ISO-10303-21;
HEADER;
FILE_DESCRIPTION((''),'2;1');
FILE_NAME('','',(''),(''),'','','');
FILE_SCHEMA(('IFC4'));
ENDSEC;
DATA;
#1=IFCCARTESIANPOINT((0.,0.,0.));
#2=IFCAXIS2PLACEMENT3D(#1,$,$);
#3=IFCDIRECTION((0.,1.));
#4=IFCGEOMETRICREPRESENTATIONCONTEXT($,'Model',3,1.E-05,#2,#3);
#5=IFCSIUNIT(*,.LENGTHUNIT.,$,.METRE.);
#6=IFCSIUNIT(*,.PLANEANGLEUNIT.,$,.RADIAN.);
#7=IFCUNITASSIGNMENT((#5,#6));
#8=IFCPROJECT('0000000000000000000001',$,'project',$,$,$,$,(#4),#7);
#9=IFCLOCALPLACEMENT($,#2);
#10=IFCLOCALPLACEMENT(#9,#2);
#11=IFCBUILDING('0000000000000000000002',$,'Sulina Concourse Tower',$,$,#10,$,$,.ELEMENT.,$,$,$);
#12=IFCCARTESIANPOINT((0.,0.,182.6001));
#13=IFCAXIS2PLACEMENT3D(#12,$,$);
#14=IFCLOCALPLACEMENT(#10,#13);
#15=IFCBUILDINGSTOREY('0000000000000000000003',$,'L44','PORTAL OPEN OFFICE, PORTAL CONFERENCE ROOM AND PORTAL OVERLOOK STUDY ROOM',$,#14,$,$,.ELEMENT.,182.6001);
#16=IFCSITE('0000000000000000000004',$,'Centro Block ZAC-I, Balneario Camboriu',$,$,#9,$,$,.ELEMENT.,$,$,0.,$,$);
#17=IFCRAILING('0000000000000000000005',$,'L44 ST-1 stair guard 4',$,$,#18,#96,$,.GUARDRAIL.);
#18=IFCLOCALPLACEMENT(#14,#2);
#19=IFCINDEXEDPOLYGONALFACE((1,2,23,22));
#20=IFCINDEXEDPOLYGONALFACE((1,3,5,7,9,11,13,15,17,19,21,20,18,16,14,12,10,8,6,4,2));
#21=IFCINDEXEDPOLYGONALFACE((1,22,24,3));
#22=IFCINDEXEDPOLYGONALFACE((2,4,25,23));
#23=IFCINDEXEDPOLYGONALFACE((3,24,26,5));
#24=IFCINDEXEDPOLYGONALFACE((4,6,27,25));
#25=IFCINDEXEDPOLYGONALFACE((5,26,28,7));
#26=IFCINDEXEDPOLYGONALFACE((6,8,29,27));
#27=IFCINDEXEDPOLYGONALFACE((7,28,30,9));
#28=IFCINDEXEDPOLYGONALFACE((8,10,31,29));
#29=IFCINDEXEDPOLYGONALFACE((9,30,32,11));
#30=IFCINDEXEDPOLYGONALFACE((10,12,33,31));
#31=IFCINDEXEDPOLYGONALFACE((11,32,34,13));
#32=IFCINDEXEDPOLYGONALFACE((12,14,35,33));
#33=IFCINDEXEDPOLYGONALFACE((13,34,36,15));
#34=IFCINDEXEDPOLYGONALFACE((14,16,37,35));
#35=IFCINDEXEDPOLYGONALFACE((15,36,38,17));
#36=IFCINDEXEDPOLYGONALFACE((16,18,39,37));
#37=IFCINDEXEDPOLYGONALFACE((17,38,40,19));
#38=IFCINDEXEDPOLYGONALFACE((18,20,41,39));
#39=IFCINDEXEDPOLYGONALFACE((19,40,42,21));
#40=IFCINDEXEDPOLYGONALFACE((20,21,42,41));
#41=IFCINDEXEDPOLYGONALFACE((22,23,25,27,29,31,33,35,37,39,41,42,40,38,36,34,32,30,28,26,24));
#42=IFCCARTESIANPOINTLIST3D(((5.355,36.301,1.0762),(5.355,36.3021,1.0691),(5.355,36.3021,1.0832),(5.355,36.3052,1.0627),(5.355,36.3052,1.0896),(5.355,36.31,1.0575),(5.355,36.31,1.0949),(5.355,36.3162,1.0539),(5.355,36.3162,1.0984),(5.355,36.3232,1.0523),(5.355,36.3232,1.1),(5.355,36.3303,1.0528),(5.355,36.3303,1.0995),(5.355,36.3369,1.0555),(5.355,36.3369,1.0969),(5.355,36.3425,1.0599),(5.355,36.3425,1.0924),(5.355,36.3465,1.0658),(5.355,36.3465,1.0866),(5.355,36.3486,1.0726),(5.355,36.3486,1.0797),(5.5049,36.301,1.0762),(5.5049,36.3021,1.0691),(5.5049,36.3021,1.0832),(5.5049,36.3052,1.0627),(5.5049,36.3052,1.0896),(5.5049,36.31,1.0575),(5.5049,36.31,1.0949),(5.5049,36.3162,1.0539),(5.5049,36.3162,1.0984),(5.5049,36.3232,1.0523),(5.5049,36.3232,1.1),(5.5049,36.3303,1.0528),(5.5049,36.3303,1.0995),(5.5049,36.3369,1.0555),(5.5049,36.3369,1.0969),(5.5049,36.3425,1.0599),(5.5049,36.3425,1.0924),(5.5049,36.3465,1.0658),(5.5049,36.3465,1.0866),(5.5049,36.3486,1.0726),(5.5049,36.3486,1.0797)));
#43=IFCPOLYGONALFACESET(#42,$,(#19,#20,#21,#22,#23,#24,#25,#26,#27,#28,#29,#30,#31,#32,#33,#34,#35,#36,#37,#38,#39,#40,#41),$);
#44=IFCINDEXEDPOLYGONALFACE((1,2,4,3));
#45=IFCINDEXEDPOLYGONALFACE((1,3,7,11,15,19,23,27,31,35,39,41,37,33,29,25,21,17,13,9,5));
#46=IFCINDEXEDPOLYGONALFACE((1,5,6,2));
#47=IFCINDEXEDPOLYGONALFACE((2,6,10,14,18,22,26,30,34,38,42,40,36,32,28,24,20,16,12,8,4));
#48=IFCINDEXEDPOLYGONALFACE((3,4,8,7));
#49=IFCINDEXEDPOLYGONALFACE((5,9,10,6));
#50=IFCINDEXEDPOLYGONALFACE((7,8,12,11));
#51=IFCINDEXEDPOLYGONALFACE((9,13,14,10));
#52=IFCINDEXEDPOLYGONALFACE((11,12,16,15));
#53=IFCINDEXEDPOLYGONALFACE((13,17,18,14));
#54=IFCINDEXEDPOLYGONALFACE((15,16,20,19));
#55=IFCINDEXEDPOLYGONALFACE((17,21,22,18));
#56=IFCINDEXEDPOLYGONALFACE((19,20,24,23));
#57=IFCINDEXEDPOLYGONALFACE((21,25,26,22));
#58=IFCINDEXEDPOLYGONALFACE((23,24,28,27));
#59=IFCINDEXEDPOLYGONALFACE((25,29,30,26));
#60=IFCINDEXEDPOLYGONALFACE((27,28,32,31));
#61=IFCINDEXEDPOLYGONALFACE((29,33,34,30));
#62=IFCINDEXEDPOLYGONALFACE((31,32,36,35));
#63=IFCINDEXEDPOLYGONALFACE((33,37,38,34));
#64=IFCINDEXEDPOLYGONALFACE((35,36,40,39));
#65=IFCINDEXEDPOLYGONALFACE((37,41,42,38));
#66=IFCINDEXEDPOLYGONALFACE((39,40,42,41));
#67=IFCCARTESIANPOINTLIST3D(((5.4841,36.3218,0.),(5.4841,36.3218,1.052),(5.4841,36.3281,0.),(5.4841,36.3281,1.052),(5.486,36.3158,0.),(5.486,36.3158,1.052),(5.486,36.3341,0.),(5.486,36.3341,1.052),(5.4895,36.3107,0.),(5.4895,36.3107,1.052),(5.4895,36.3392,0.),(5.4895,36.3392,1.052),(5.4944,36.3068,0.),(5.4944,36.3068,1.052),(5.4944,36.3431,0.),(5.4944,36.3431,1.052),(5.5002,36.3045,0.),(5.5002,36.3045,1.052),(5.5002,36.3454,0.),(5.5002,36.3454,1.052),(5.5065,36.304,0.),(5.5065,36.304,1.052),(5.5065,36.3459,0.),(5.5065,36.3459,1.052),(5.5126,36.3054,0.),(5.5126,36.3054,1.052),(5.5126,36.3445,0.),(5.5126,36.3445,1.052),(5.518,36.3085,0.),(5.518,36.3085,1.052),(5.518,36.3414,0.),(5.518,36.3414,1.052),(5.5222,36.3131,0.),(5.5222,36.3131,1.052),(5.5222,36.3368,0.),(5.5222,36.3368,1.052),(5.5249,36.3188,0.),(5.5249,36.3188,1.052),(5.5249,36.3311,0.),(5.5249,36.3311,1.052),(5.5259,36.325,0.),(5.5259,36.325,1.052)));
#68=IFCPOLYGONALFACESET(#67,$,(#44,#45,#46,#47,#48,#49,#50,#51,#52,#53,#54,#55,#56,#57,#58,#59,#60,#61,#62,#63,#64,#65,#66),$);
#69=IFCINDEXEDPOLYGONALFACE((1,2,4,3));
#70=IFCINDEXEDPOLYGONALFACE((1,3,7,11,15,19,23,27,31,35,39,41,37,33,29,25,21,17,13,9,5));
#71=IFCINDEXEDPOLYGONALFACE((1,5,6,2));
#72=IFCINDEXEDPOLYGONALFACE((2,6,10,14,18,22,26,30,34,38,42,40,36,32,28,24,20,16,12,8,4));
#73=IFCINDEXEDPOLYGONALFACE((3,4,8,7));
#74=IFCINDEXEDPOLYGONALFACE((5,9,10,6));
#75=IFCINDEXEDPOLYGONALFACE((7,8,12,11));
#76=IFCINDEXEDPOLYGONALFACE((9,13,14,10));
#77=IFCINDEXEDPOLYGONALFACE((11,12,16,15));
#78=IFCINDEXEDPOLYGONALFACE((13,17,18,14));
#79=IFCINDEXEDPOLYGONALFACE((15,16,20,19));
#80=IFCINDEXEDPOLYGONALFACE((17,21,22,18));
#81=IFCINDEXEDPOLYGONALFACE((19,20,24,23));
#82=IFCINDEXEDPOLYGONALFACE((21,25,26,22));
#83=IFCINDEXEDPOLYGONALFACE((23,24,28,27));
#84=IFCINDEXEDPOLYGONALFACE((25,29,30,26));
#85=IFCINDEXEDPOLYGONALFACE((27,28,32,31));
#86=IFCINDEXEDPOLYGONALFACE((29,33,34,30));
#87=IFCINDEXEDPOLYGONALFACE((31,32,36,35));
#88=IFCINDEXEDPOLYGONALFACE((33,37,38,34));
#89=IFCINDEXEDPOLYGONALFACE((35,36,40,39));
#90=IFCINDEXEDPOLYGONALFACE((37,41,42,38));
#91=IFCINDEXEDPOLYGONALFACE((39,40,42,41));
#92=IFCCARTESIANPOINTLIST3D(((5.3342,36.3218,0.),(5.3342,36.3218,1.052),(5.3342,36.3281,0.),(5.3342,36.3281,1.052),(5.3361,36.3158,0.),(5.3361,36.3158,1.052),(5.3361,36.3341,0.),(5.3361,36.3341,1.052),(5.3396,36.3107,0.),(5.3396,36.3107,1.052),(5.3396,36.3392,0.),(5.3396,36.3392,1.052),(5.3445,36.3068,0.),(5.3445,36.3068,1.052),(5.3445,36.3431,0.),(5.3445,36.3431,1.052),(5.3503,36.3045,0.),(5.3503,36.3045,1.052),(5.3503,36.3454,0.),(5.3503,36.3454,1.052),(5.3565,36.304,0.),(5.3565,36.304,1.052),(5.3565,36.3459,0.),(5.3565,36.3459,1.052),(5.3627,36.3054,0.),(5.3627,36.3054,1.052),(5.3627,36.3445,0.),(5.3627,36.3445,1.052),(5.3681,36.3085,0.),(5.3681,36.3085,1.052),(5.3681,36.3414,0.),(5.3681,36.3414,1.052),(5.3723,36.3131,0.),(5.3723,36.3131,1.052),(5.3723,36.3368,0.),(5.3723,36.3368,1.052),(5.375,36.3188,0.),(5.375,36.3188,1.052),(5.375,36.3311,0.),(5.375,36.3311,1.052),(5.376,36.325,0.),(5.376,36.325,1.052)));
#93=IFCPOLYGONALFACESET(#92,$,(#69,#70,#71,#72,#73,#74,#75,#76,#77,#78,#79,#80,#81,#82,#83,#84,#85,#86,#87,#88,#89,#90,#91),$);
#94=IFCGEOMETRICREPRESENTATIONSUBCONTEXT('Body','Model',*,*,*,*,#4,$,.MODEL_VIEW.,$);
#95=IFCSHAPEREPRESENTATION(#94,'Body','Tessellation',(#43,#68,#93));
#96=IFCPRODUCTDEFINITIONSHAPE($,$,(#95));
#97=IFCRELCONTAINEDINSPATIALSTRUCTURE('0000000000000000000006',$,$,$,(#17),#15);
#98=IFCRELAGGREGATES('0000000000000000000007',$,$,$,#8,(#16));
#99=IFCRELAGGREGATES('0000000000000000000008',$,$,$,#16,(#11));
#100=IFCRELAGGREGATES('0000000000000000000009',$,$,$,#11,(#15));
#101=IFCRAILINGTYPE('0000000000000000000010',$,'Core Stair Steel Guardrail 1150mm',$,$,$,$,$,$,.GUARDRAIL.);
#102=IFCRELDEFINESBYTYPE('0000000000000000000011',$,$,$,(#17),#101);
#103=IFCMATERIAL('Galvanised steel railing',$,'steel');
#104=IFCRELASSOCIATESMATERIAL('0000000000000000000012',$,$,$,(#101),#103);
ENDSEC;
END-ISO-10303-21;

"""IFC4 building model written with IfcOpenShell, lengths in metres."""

from ifc_helpers import new_model, si_unit, direction, frame, origin, origin_2d, place, context, subcontext, project, spatial, circle, extrude, material, type_object, element, save


model = new_model("IFC4")

# Units and contexts
model_context = context("Model", 3, precision=1e-05, world=origin(), true_north=direction((0.0, 1.0)))
body_context = subcontext(model_context, "Body", "Model", "MODEL_VIEW")
ifc_project = project(units=[si_unit("LENGTHUNIT", "METRE"), si_unit("PLANEANGLEUNIT", "RADIAN")], contexts=[model_context])

# Site, building, storey
site_placement = place(None, origin())
site = spatial("IfcSite", under=ifc_project, at=site_placement, Name="Centro Block ZAC-I, Balneario Camboriu", CompositionType="ELEMENT", RefElevation=0.0)
building_placement = place(site_placement, origin())
building = spatial("IfcBuilding", under=site, at=building_placement, Name="Sulina Concourse Tower", CompositionType="ELEMENT")
storey_placement = place(building_placement, frame((0.0, 0.0, 182.6001)))
storey = spatial("IfcBuildingStorey", under=building, at=storey_placement, Name="L44", Description="PORTAL OPEN OFFICE, PORTAL CONFERENCE ROOM AND PORTAL OVERLOOK STUDY ROOM", CompositionType="ELEMENT", Elevation=182.6001)

# Railing
ifc_material_1 = material(Name="Galvanised steel railing", Category="steel")
railing_type_1 = type_object("IfcRailingType", Name="Core Stair Steel Guardrail 1150mm", PredefinedType="GUARDRAIL", material=ifc_material_1)
railing_1_placement = place(storey_placement, frame((5.5049, 36.325, 0.0)))
element("IfcRailing", 1, at=railing_1_placement, inside=storey, type_object=railing_type_1, Name="L44 ST-1 stair guard 4", PredefinedType="GUARDRAIL", context=body_context, shape_type="SweptSolid", body=[
    extrude(circle(Radius=0.0239, at=origin_2d()), frame((0.0, 0.0, 1.0762), z_axis=(-1.0, 0.0, 0.0), x_axis=(0.0, -1.0, 0.0)), (0.0, 0.0, 1.0), 0.1499),
    extrude(circle(Radius=0.021, at=origin_2d()), origin(), (0.0, 0.0, 1.0), 1.052),
    extrude(circle(Radius=0.021, at=origin_2d()), frame((-0.1499, 0.0, 0.0)), (0.0, 0.0, 1.0), 1.052),
])

save(model, "model.ifc")
